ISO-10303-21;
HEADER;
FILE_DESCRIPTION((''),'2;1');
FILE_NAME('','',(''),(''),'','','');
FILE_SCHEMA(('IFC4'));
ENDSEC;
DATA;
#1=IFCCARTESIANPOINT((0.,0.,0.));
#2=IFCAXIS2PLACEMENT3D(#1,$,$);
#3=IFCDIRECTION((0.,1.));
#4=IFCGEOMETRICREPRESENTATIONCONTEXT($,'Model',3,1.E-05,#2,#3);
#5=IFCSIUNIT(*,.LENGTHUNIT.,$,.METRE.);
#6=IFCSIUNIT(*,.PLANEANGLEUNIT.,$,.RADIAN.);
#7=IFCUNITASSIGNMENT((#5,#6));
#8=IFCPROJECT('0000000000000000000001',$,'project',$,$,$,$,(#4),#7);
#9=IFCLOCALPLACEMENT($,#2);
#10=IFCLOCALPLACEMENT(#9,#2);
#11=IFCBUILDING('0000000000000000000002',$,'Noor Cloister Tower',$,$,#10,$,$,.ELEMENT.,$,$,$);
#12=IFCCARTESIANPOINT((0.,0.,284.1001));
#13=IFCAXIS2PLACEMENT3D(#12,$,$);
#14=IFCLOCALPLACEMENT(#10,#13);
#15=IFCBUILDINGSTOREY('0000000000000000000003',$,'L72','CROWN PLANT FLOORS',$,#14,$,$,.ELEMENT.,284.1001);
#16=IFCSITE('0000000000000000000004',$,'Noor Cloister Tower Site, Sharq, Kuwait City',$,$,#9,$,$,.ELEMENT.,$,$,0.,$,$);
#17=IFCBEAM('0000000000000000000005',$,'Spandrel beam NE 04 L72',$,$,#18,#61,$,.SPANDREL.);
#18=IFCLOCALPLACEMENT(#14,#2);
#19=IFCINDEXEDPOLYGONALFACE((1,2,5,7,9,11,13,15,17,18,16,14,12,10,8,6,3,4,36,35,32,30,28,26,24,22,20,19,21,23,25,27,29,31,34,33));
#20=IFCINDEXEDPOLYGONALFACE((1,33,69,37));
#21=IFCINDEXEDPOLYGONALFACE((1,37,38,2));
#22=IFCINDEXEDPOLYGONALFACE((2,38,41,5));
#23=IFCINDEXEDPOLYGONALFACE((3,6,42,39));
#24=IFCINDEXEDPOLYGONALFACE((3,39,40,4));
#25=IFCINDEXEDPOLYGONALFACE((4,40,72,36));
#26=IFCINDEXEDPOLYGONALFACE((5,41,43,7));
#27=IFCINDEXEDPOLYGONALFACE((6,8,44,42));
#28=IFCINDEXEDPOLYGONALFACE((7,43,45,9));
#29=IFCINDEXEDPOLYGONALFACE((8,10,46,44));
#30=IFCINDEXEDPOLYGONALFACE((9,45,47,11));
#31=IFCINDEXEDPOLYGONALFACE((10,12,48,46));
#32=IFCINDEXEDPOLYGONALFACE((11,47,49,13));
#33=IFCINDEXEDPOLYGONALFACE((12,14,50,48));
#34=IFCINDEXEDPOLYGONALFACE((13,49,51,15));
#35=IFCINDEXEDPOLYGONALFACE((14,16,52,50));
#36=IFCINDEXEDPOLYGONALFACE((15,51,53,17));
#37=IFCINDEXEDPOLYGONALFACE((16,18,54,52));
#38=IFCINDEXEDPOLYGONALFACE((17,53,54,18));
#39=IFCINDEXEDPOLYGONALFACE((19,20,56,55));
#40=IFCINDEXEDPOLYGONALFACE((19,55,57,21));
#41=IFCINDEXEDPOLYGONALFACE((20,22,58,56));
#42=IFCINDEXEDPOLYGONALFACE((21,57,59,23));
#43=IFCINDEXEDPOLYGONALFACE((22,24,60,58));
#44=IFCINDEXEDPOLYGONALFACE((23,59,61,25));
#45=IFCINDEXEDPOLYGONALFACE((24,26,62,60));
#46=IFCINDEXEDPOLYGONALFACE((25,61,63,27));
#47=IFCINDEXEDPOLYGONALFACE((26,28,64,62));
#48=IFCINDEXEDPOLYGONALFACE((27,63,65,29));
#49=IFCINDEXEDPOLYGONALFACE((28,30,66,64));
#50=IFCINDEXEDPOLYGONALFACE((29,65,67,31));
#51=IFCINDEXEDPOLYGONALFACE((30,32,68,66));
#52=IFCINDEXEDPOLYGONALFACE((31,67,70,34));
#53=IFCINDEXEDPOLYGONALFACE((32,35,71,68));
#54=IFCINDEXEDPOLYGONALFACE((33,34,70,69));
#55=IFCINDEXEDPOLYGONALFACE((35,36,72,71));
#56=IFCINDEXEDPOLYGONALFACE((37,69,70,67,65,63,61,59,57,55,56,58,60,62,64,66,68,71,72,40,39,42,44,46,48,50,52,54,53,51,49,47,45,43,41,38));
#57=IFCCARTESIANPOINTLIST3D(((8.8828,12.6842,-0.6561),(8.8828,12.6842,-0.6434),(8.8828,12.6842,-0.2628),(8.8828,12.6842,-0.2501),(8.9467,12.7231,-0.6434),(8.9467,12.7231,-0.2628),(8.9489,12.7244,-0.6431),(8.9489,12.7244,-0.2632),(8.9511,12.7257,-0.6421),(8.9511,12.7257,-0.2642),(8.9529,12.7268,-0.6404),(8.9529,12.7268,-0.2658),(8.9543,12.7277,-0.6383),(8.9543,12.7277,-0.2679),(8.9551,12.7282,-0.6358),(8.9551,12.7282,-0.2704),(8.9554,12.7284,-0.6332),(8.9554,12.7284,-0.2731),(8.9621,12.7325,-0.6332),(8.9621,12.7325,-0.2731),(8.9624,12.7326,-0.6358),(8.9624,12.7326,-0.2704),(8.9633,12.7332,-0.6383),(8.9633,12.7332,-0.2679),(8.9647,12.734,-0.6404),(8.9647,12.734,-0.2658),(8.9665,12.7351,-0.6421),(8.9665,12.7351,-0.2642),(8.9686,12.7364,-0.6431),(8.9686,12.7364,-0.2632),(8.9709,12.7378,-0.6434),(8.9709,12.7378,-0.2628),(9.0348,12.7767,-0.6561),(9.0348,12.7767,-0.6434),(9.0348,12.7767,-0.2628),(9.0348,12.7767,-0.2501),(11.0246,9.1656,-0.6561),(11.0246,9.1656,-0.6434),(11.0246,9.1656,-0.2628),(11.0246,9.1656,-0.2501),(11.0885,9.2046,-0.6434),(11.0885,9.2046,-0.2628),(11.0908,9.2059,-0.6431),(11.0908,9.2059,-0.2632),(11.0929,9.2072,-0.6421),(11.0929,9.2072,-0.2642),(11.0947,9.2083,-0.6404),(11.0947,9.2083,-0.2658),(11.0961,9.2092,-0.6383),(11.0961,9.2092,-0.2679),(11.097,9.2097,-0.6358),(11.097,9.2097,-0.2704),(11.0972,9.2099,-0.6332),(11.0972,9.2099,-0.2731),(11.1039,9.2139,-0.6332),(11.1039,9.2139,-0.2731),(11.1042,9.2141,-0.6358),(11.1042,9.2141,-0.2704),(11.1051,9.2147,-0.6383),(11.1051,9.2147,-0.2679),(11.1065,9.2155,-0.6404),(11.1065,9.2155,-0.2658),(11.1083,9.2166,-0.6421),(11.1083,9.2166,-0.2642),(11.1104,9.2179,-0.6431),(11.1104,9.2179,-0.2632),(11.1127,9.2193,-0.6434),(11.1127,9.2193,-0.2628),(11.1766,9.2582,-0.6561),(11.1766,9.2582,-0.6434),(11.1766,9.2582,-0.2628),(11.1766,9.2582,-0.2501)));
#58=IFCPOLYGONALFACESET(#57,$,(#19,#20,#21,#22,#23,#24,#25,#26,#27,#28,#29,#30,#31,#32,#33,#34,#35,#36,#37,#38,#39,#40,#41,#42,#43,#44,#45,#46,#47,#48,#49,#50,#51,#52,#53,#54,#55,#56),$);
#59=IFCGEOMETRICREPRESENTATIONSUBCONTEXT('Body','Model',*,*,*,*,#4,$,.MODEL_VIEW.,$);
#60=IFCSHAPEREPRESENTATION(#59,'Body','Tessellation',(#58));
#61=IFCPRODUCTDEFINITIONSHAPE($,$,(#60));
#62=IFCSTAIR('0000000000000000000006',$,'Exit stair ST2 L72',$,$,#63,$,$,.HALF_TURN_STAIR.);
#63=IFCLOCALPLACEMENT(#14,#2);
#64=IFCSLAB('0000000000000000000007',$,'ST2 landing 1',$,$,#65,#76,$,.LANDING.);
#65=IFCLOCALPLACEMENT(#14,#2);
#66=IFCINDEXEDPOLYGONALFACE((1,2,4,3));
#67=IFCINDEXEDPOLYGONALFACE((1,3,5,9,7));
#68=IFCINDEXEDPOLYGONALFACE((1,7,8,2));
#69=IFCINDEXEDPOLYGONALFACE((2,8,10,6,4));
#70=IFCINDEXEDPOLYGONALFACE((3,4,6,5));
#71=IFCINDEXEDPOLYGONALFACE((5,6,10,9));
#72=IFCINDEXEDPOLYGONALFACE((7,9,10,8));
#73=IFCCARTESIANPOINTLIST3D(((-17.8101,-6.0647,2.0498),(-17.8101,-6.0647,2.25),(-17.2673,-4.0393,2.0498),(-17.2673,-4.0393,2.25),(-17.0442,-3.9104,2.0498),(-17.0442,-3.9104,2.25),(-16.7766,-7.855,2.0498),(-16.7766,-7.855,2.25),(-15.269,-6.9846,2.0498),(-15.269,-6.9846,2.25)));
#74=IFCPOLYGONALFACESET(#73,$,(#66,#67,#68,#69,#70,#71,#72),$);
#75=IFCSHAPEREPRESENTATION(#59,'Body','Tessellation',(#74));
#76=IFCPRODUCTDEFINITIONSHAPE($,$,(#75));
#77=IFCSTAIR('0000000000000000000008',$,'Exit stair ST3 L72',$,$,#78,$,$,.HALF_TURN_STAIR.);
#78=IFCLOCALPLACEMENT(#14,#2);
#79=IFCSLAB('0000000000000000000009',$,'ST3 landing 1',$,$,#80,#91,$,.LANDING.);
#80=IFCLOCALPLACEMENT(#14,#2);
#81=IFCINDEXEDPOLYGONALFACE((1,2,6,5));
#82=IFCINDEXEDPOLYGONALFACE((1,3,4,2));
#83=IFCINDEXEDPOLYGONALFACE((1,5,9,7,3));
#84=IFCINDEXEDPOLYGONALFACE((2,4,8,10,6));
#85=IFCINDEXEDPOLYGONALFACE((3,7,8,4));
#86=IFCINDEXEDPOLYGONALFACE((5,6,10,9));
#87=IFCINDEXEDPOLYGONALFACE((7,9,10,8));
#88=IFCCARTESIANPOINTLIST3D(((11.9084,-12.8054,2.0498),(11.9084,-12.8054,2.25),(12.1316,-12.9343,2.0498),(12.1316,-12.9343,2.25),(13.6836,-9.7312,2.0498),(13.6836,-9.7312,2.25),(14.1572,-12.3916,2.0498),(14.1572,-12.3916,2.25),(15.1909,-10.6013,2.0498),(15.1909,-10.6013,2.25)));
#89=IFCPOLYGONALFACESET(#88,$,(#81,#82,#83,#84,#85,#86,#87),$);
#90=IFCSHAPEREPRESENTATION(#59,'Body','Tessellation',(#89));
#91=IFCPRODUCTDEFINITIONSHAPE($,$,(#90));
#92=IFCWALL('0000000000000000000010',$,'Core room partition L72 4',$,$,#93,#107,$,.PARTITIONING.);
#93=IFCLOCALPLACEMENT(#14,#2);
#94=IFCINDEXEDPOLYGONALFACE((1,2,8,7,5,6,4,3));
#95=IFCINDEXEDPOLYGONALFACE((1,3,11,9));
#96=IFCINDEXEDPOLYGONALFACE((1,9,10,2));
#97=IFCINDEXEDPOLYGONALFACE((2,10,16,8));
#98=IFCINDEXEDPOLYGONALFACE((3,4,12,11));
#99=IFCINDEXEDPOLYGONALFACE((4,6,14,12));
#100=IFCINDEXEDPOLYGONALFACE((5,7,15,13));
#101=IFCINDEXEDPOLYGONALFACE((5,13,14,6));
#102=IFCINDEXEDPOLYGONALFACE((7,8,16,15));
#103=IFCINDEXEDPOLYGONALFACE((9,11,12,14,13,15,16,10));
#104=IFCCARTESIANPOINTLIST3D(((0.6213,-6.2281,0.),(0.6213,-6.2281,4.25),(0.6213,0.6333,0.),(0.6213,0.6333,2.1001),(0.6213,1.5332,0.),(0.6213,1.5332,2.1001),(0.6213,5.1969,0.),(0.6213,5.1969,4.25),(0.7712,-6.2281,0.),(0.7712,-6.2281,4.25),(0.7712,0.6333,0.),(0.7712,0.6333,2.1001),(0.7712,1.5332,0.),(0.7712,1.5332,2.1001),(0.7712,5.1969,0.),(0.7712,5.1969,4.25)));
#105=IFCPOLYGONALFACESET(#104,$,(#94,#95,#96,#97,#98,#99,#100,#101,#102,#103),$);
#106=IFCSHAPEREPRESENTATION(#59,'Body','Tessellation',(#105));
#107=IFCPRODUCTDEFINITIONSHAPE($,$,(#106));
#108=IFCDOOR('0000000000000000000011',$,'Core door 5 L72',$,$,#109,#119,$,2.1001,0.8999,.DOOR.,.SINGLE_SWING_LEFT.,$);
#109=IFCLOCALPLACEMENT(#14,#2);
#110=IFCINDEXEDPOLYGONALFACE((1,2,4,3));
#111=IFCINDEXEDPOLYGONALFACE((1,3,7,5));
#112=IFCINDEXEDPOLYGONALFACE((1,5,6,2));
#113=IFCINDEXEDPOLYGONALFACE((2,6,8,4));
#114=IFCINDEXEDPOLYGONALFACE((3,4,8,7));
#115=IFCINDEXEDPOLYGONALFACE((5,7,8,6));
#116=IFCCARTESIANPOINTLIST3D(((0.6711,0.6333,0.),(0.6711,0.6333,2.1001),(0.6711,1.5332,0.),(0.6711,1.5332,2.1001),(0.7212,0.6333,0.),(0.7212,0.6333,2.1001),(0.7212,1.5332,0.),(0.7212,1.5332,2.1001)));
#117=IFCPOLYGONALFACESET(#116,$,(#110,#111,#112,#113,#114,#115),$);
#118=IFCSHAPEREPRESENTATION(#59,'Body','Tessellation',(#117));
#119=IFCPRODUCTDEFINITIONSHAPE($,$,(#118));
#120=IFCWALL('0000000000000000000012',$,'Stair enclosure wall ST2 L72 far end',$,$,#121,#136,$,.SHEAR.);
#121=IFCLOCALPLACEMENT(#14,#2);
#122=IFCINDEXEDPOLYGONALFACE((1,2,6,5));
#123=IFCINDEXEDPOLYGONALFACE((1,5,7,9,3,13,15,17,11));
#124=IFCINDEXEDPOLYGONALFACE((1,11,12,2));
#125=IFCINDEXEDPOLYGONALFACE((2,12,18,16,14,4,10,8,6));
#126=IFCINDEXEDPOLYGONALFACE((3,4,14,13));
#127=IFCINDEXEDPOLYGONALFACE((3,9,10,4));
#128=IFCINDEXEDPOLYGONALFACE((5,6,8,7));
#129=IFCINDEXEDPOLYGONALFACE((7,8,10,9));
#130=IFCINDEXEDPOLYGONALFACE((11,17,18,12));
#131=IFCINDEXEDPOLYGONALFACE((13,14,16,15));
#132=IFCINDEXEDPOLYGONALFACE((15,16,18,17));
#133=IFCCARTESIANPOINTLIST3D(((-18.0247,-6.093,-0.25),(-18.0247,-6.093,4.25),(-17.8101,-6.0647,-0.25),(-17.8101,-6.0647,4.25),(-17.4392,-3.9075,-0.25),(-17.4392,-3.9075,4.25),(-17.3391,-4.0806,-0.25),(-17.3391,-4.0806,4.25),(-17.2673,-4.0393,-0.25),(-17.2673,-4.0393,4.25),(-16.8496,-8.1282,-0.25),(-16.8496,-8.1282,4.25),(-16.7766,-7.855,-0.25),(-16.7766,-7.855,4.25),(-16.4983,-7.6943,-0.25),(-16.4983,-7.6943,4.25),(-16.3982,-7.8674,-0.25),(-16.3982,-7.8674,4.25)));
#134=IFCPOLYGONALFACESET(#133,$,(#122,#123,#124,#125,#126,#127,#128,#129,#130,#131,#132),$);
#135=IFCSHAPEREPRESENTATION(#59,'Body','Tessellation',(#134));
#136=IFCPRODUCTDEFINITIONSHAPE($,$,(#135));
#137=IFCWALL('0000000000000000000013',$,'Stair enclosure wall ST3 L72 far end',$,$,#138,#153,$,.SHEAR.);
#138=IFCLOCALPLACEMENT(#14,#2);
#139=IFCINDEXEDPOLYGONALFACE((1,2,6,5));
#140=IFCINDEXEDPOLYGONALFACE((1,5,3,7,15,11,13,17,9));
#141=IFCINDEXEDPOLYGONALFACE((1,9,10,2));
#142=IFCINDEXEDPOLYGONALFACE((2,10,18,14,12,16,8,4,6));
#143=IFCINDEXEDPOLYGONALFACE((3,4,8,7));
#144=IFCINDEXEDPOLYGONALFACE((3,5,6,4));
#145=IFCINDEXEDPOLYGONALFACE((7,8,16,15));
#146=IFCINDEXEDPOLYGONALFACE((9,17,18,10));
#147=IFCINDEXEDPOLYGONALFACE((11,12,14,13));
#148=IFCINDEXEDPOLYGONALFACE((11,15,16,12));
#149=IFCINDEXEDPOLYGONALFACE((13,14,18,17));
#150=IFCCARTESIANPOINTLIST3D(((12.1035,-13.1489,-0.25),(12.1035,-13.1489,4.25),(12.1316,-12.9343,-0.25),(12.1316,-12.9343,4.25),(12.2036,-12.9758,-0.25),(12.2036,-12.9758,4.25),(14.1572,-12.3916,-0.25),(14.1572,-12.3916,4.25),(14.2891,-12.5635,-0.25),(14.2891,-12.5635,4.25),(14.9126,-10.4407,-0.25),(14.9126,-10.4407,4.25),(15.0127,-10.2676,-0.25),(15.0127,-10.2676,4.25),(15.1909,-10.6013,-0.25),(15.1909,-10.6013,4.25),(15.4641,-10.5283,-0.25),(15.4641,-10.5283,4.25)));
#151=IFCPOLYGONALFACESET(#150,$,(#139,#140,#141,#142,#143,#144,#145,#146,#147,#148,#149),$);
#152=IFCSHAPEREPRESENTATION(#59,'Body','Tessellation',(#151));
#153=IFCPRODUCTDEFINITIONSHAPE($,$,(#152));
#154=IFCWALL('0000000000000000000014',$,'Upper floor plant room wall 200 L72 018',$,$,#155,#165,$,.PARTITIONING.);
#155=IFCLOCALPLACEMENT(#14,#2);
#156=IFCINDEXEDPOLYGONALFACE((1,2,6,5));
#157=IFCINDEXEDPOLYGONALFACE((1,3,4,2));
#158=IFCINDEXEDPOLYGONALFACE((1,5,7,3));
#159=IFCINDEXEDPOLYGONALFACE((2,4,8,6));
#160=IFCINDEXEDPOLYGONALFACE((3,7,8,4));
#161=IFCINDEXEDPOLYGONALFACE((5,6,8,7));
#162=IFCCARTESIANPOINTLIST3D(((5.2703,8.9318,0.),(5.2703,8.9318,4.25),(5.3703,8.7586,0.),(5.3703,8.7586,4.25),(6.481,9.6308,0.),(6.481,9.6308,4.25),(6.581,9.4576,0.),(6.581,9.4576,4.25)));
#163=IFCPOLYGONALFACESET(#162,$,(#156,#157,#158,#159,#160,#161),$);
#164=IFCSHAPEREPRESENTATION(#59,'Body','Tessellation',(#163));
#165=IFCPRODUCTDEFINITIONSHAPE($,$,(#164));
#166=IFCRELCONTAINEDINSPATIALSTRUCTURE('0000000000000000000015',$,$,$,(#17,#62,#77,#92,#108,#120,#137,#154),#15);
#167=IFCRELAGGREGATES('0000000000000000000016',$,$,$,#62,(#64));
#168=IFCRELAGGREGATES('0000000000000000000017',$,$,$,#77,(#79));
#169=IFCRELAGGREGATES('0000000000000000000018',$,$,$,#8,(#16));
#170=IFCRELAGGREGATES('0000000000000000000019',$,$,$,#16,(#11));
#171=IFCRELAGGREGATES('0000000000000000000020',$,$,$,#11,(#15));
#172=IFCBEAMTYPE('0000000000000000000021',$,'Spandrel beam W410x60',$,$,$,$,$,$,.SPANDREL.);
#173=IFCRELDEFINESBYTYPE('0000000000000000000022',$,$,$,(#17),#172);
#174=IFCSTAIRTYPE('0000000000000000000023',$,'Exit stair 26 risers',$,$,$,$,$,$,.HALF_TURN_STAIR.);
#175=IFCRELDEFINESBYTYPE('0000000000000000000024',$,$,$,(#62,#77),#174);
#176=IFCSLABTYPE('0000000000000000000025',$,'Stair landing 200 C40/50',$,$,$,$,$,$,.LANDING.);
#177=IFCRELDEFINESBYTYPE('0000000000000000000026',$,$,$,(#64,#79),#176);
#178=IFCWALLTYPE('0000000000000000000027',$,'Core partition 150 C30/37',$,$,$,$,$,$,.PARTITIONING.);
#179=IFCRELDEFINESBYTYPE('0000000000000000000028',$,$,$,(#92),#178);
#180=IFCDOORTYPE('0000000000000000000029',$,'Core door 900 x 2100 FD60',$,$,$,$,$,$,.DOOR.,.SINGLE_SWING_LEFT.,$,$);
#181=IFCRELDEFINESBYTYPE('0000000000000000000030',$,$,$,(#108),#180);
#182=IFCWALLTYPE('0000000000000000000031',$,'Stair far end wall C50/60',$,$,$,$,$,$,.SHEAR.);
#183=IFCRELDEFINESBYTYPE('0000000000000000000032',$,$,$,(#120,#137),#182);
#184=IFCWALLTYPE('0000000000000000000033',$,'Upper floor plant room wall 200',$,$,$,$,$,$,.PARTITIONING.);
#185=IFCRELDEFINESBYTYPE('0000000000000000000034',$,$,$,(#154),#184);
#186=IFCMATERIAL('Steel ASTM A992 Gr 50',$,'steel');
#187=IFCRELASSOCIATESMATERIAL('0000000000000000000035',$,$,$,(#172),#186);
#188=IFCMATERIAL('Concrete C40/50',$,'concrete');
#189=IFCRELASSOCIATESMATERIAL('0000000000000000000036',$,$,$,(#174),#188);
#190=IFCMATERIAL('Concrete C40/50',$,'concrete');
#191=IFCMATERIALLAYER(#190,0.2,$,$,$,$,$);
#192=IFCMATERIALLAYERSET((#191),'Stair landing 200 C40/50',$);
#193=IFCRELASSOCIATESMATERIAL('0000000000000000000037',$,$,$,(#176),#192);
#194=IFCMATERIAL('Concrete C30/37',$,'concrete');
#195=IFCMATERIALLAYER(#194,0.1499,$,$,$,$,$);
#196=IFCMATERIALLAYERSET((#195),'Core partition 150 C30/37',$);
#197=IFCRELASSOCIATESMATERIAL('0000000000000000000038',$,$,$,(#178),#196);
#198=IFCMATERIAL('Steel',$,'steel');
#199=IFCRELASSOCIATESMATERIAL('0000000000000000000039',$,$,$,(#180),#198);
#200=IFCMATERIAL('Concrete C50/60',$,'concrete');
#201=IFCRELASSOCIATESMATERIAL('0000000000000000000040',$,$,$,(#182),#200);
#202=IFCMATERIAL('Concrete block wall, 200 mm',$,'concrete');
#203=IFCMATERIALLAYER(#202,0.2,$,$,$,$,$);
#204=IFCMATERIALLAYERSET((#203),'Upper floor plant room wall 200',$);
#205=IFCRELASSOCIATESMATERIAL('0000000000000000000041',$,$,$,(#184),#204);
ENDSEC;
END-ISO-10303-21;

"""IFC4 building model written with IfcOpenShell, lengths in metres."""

from ifc_helpers import new_model, si_unit, direction, frame, frame_2d, origin, origin_2d, place, context, subcontext, project, spatial, polyline, rectangle, i_section, outline, extrude, material, layer, layer_set, material_profile, profile_set, type_object, element, fill, aggregate, save


model = new_model("IFC4")

# Units and contexts
model_context = context("Model", 3, precision=1e-05, world=origin(), true_north=direction((0.0, 1.0)))
body_context = subcontext(model_context, "Body", "Model", "MODEL_VIEW")
ifc_project = project(units=[si_unit("LENGTHUNIT", "METRE"), si_unit("PLANEANGLEUNIT", "RADIAN")], contexts=[model_context])

# Site, building, storey
site_placement = place(None, origin())
site = spatial("IfcSite", under=ifc_project, at=site_placement, Name="Noor Cloister Tower Site, Sharq, Kuwait City", CompositionType="ELEMENT", RefElevation=0.0)
building_placement = place(site_placement, origin())
building = spatial("IfcBuilding", under=site, at=building_placement, Name="Noor Cloister Tower", CompositionType="ELEMENT")
storey_placement = place(building_placement, frame((0.0, 0.0, 284.1001)))
storey = spatial("IfcBuildingStorey", under=building, at=storey_placement, Name="L72", Description="CROWN PLANT FLOORS", CompositionType="ELEMENT", Elevation=284.1001)

# Beam
ifc_material_1 = material(Name="Steel ASTM A992 Gr 50", Category="steel")
ifc_material_profile_1 = material_profile(ifc_material_1, i_section(OverallWidth=0.178, OverallDepth=0.406, WebThickness=0.0078, FlangeThickness=0.0127, FilletRadius=0.0103, at=origin_2d()), Name="W410x60")
ifc_profile_set_1 = profile_set([ifc_material_profile_1], Name="Steel ASTM A992 Gr 50")
beam_type_1 = type_object("IfcBeamType", Name="Spandrel beam W410x60", PredefinedType="SPANDREL", material=ifc_profile_set_1)
for number, where, z_axis, x_axis, name in (
    (1, (11.1006, 9.2119, -0.4531), (-0.519968, 0.854186, 0.0), (-0.854186, -0.519968, 0.0), "Spandrel beam NE 04 L72"),
):
    element("IfcBeam", number, at=place(storey_placement, frame(where, z_axis=z_axis, x_axis=x_axis)), inside=storey, type_object=beam_type_1, Name=name, PredefinedType="SPANDREL", context=body_context, shape_type="SweptSolid", body=[
        extrude(i_section(OverallWidth=0.178, OverallDepth=0.406, WebThickness=0.0078, FlangeThickness=0.0127, FilletRadius=0.0103, at=origin_2d()), origin(), (0.0, 0.0, 1.0), 4.1191),
    ])

# Stairs, slabs
ifc_material_2 = material(Name="Concrete C40/50", Category="concrete")
stair_type = type_object("IfcStairType", Name="Exit stair 26 risers", PredefinedType="HALF_TURN_STAIR", material=ifc_material_2)
stair_1_placement = place(storey_placement, origin())
stair_1 = element("IfcStair", 2, at=stair_1_placement, inside=storey, type_object=stair_type, Name="Exit stair ST2 L72", PredefinedType="HALF_TURN_STAIR")
ifc_material_3 = material(Name="Concrete C40/50", Category="concrete")
ifc_layer_1 = layer(ifc_material_3, 0.2)
ifc_layer_set_1 = layer_set([ifc_layer_1], Name="Stair landing 200 C40/50")
slab_type = type_object("IfcSlabType", Name="Stair landing 200 C40/50", PredefinedType="LANDING", material=ifc_layer_set_1)
slab_1_placement = place(storey_placement, frame((0.0, 0.0, 2.0498)))
slab_1 = element("IfcSlab", 3, at=slab_1_placement, type_object=slab_type, Name="ST2 landing 1", PredefinedType="LANDING", context=body_context, shape_type="SweptSolid", body=[
    extrude(outline(polyline([(-17.0442, -3.9104), (-17.2673, -4.0393), (-17.8101, -6.0647), (-16.7766, -7.855), (-15.269, -6.9846), (-17.0442, -3.9104)])), origin(), (0.0, 0.0, 1.0), 0.2002),
])
aggregate(stair_1, [slab_1])
stair_2_placement = place(storey_placement, origin())
stair_2 = element("IfcStair", 4, at=stair_2_placement, inside=storey, type_object=stair_type, Name="Exit stair ST3 L72", PredefinedType="HALF_TURN_STAIR")
slab_2_placement = place(storey_placement, frame((0.0, 0.0, 2.0498)))
slab_2 = element("IfcSlab", 5, at=slab_2_placement, type_object=slab_type, Name="ST3 landing 1", PredefinedType="LANDING", context=body_context, shape_type="SweptSolid", body=[
    extrude(outline(polyline([(11.9084, -12.8054), (12.1316, -12.9343), (14.1572, -12.3916), (15.1909, -10.6013), (13.6836, -9.7312), (11.9084, -12.8054)])), origin(), (0.0, 0.0, 1.0), 0.2002),
])
aggregate(stair_2, [slab_2])

# Wall, opening, door
ifc_material_4 = material(Name="Concrete C30/37", Category="concrete")
ifc_layer_2 = layer(ifc_material_4, 0.1499)
ifc_layer_set_2 = layer_set([ifc_layer_2], Name="Core partition 150 C30/37")
wall_type_1 = type_object("IfcWallType", Name="Core partition 150 C30/37", PredefinedType="PARTITIONING", material=ifc_layer_set_2)
wall_1_placement = place(storey_placement, frame((0.6963, 5.1968, 0.0), z_axis=(0.0, 0.0, 1.0), x_axis=(0.0, -1.0, 0.0)))
wall_1 = element("IfcWall", 6, at=wall_1_placement, inside=storey, type_object=wall_type_1, Name="Core room partition L72 4", PredefinedType="PARTITIONING", context=body_context, shape_type="SweptSolid", body=[
    extrude(rectangle(XDim=11.425, YDim=0.1499, at=frame_2d((5.7124, 0.0))), origin(), (0.0, 0.0, 1.0), 4.25),
])
opening_1_placement = place(wall_1_placement, frame((3.6636, 0.0, 0.0)))
opening_1 = element("IfcOpeningElement", 7, at=opening_1_placement, cuts=wall_1, PredefinedType="OPENING", context=body_context, shape_type="SweptSolid", body=[
    extrude(rectangle(XDim=0.8999, YDim=2.1001, at=frame_2d((0.45, 1.05))), frame((0.0, 0.085, 0.0), z_axis=(0.0, -1.0, 0.0), x_axis=(1.0, 0.0, 0.0)), (0.0, 0.0, 1.0), 0.1699),
])
ifc_material_5 = material(Name="Steel", Category="steel")
door_type_1 = type_object("IfcDoorType", Name="Core door 900 x 2100 FD60", OperationType="SINGLE_SWING_LEFT", PredefinedType="DOOR", material=ifc_material_5)
door_1_placement = place(opening_1_placement, origin())
door_1 = element("IfcDoor", 8, at=door_1_placement, inside=storey, type_object=door_type_1, Name="Core door 5 L72", OperationType="SINGLE_SWING_LEFT", OverallHeight=2.1001, OverallWidth=0.8999, PredefinedType="DOOR", context=body_context, shape_type="SweptSolid", body=[
    extrude(rectangle(XDim=0.8999, YDim=2.1001, at=frame_2d((0.45, 1.05))), frame((0.0, 0.0249, 0.0), z_axis=(0.0, -1.0, 0.0), x_axis=(1.0, 0.0, 0.0)), (0.0, 0.0, 1.0), 0.05),
])
fill(opening_1, door_1)

# Walls
ifc_material_6 = material(Name="Concrete C50/60", Category="concrete")
wall_type_2 = type_object("IfcWallType", Name="Stair far end wall C50/60", PredefinedType="SHEAR", material=ifc_material_6)
wall_2_placement = place(storey_placement, frame((0.0, 0.0, -0.25)))
element("IfcWall", 9, at=wall_2_placement, inside=storey, type_object=wall_type_2, Name="Stair enclosure wall ST2 L72 far end", PredefinedType="SHEAR", context=body_context, shape_type="SweptSolid", body=[
    extrude(outline(polyline([(-17.4392, -3.9075), (-18.0247, -6.093), (-16.8496, -8.1282), (-16.3982, -7.8674), (-16.4983, -7.6943), (-16.4983, -7.6943), (-16.7766, -7.855), (-17.8101, -6.0647), (-17.2673, -4.0393), (-17.3391, -4.0806), (-17.3391, -4.0806), (-17.3391, -4.0806), (-17.3391, -4.0806), (-17.3391, -4.0806), (-17.3391, -4.0806), (-17.3391, -4.0806), (-17.3391, -4.0806), (-17.3391, -4.0806), (-17.3391, -4.0806), (-17.3391, -4.0806), (-17.3391, -4.0806), (-17.3391, -4.0806), (-17.3391, -4.0806), (-17.3391, -4.0806), (-17.3391, -4.0806), (-17.3391, -4.0806), (-17.4392, -3.9075)])), origin(), (0.0, 0.0, 1.0), 4.5),
])
wall_3_placement = place(storey_placement, frame((0.0, 0.0, -0.25)))
element("IfcWall", 10, at=wall_3_placement, inside=storey, type_object=wall_type_2, Name="Stair enclosure wall ST3 L72 far end", PredefinedType="SHEAR", context=body_context, shape_type="SweptSolid", body=[
    extrude(outline(polyline([(12.1035, -13.1489), (14.2891, -12.5635), (15.4641, -10.5283), (15.0127, -10.2676), (14.9126, -10.4407), (15.1909, -10.6013), (14.1572, -12.3916), (12.1316, -12.9343), (12.2036, -12.9758), (12.2036, -12.9758), (12.2036, -12.9758), (12.2036, -12.9758), (12.2036, -12.9758), (12.2036, -12.9758), (12.2036, -12.9758), (12.2036, -12.9758), (12.2036, -12.9758), (12.2036, -12.9758), (12.2036, -12.9758), (12.2036, -12.9758), (12.2036, -12.9758), (12.2036, -12.9758), (12.2036, -12.9758), (12.2036, -12.9758), (12.2036, -12.9758), (12.1035, -13.1489)])), origin(), (0.0, 0.0, 1.0), 4.5),
])
ifc_material_7 = material(Name="Concrete block wall, 200 mm", Category="concrete")
ifc_layer_3 = layer(ifc_material_7, 0.2)
ifc_layer_set_3 = layer_set([ifc_layer_3], Name="Upper floor plant room wall 200")
wall_type_3 = type_object("IfcWallType", Name="Upper floor plant room wall 200", PredefinedType="PARTITIONING", material=ifc_layer_set_3)
wall_4_placement = place(storey_placement, frame((5.3203, 8.8452, 0.0), z_axis=(0.0, 0.0, 1.0), x_axis=(0.866031, 0.49999, 0.0)))
element("IfcWall", 11, at=wall_4_placement, inside=storey, type_object=wall_type_3, Name="Upper floor plant room wall 200 L72 018", PredefinedType="PARTITIONING", context=body_context, shape_type="SweptSolid", body=[
    extrude(rectangle(XDim=1.3979, YDim=0.2, at=frame_2d((0.699, 0.0))), origin(), (0.0, 0.0, 1.0), 4.25),
])

save(model, "model.ifc")
